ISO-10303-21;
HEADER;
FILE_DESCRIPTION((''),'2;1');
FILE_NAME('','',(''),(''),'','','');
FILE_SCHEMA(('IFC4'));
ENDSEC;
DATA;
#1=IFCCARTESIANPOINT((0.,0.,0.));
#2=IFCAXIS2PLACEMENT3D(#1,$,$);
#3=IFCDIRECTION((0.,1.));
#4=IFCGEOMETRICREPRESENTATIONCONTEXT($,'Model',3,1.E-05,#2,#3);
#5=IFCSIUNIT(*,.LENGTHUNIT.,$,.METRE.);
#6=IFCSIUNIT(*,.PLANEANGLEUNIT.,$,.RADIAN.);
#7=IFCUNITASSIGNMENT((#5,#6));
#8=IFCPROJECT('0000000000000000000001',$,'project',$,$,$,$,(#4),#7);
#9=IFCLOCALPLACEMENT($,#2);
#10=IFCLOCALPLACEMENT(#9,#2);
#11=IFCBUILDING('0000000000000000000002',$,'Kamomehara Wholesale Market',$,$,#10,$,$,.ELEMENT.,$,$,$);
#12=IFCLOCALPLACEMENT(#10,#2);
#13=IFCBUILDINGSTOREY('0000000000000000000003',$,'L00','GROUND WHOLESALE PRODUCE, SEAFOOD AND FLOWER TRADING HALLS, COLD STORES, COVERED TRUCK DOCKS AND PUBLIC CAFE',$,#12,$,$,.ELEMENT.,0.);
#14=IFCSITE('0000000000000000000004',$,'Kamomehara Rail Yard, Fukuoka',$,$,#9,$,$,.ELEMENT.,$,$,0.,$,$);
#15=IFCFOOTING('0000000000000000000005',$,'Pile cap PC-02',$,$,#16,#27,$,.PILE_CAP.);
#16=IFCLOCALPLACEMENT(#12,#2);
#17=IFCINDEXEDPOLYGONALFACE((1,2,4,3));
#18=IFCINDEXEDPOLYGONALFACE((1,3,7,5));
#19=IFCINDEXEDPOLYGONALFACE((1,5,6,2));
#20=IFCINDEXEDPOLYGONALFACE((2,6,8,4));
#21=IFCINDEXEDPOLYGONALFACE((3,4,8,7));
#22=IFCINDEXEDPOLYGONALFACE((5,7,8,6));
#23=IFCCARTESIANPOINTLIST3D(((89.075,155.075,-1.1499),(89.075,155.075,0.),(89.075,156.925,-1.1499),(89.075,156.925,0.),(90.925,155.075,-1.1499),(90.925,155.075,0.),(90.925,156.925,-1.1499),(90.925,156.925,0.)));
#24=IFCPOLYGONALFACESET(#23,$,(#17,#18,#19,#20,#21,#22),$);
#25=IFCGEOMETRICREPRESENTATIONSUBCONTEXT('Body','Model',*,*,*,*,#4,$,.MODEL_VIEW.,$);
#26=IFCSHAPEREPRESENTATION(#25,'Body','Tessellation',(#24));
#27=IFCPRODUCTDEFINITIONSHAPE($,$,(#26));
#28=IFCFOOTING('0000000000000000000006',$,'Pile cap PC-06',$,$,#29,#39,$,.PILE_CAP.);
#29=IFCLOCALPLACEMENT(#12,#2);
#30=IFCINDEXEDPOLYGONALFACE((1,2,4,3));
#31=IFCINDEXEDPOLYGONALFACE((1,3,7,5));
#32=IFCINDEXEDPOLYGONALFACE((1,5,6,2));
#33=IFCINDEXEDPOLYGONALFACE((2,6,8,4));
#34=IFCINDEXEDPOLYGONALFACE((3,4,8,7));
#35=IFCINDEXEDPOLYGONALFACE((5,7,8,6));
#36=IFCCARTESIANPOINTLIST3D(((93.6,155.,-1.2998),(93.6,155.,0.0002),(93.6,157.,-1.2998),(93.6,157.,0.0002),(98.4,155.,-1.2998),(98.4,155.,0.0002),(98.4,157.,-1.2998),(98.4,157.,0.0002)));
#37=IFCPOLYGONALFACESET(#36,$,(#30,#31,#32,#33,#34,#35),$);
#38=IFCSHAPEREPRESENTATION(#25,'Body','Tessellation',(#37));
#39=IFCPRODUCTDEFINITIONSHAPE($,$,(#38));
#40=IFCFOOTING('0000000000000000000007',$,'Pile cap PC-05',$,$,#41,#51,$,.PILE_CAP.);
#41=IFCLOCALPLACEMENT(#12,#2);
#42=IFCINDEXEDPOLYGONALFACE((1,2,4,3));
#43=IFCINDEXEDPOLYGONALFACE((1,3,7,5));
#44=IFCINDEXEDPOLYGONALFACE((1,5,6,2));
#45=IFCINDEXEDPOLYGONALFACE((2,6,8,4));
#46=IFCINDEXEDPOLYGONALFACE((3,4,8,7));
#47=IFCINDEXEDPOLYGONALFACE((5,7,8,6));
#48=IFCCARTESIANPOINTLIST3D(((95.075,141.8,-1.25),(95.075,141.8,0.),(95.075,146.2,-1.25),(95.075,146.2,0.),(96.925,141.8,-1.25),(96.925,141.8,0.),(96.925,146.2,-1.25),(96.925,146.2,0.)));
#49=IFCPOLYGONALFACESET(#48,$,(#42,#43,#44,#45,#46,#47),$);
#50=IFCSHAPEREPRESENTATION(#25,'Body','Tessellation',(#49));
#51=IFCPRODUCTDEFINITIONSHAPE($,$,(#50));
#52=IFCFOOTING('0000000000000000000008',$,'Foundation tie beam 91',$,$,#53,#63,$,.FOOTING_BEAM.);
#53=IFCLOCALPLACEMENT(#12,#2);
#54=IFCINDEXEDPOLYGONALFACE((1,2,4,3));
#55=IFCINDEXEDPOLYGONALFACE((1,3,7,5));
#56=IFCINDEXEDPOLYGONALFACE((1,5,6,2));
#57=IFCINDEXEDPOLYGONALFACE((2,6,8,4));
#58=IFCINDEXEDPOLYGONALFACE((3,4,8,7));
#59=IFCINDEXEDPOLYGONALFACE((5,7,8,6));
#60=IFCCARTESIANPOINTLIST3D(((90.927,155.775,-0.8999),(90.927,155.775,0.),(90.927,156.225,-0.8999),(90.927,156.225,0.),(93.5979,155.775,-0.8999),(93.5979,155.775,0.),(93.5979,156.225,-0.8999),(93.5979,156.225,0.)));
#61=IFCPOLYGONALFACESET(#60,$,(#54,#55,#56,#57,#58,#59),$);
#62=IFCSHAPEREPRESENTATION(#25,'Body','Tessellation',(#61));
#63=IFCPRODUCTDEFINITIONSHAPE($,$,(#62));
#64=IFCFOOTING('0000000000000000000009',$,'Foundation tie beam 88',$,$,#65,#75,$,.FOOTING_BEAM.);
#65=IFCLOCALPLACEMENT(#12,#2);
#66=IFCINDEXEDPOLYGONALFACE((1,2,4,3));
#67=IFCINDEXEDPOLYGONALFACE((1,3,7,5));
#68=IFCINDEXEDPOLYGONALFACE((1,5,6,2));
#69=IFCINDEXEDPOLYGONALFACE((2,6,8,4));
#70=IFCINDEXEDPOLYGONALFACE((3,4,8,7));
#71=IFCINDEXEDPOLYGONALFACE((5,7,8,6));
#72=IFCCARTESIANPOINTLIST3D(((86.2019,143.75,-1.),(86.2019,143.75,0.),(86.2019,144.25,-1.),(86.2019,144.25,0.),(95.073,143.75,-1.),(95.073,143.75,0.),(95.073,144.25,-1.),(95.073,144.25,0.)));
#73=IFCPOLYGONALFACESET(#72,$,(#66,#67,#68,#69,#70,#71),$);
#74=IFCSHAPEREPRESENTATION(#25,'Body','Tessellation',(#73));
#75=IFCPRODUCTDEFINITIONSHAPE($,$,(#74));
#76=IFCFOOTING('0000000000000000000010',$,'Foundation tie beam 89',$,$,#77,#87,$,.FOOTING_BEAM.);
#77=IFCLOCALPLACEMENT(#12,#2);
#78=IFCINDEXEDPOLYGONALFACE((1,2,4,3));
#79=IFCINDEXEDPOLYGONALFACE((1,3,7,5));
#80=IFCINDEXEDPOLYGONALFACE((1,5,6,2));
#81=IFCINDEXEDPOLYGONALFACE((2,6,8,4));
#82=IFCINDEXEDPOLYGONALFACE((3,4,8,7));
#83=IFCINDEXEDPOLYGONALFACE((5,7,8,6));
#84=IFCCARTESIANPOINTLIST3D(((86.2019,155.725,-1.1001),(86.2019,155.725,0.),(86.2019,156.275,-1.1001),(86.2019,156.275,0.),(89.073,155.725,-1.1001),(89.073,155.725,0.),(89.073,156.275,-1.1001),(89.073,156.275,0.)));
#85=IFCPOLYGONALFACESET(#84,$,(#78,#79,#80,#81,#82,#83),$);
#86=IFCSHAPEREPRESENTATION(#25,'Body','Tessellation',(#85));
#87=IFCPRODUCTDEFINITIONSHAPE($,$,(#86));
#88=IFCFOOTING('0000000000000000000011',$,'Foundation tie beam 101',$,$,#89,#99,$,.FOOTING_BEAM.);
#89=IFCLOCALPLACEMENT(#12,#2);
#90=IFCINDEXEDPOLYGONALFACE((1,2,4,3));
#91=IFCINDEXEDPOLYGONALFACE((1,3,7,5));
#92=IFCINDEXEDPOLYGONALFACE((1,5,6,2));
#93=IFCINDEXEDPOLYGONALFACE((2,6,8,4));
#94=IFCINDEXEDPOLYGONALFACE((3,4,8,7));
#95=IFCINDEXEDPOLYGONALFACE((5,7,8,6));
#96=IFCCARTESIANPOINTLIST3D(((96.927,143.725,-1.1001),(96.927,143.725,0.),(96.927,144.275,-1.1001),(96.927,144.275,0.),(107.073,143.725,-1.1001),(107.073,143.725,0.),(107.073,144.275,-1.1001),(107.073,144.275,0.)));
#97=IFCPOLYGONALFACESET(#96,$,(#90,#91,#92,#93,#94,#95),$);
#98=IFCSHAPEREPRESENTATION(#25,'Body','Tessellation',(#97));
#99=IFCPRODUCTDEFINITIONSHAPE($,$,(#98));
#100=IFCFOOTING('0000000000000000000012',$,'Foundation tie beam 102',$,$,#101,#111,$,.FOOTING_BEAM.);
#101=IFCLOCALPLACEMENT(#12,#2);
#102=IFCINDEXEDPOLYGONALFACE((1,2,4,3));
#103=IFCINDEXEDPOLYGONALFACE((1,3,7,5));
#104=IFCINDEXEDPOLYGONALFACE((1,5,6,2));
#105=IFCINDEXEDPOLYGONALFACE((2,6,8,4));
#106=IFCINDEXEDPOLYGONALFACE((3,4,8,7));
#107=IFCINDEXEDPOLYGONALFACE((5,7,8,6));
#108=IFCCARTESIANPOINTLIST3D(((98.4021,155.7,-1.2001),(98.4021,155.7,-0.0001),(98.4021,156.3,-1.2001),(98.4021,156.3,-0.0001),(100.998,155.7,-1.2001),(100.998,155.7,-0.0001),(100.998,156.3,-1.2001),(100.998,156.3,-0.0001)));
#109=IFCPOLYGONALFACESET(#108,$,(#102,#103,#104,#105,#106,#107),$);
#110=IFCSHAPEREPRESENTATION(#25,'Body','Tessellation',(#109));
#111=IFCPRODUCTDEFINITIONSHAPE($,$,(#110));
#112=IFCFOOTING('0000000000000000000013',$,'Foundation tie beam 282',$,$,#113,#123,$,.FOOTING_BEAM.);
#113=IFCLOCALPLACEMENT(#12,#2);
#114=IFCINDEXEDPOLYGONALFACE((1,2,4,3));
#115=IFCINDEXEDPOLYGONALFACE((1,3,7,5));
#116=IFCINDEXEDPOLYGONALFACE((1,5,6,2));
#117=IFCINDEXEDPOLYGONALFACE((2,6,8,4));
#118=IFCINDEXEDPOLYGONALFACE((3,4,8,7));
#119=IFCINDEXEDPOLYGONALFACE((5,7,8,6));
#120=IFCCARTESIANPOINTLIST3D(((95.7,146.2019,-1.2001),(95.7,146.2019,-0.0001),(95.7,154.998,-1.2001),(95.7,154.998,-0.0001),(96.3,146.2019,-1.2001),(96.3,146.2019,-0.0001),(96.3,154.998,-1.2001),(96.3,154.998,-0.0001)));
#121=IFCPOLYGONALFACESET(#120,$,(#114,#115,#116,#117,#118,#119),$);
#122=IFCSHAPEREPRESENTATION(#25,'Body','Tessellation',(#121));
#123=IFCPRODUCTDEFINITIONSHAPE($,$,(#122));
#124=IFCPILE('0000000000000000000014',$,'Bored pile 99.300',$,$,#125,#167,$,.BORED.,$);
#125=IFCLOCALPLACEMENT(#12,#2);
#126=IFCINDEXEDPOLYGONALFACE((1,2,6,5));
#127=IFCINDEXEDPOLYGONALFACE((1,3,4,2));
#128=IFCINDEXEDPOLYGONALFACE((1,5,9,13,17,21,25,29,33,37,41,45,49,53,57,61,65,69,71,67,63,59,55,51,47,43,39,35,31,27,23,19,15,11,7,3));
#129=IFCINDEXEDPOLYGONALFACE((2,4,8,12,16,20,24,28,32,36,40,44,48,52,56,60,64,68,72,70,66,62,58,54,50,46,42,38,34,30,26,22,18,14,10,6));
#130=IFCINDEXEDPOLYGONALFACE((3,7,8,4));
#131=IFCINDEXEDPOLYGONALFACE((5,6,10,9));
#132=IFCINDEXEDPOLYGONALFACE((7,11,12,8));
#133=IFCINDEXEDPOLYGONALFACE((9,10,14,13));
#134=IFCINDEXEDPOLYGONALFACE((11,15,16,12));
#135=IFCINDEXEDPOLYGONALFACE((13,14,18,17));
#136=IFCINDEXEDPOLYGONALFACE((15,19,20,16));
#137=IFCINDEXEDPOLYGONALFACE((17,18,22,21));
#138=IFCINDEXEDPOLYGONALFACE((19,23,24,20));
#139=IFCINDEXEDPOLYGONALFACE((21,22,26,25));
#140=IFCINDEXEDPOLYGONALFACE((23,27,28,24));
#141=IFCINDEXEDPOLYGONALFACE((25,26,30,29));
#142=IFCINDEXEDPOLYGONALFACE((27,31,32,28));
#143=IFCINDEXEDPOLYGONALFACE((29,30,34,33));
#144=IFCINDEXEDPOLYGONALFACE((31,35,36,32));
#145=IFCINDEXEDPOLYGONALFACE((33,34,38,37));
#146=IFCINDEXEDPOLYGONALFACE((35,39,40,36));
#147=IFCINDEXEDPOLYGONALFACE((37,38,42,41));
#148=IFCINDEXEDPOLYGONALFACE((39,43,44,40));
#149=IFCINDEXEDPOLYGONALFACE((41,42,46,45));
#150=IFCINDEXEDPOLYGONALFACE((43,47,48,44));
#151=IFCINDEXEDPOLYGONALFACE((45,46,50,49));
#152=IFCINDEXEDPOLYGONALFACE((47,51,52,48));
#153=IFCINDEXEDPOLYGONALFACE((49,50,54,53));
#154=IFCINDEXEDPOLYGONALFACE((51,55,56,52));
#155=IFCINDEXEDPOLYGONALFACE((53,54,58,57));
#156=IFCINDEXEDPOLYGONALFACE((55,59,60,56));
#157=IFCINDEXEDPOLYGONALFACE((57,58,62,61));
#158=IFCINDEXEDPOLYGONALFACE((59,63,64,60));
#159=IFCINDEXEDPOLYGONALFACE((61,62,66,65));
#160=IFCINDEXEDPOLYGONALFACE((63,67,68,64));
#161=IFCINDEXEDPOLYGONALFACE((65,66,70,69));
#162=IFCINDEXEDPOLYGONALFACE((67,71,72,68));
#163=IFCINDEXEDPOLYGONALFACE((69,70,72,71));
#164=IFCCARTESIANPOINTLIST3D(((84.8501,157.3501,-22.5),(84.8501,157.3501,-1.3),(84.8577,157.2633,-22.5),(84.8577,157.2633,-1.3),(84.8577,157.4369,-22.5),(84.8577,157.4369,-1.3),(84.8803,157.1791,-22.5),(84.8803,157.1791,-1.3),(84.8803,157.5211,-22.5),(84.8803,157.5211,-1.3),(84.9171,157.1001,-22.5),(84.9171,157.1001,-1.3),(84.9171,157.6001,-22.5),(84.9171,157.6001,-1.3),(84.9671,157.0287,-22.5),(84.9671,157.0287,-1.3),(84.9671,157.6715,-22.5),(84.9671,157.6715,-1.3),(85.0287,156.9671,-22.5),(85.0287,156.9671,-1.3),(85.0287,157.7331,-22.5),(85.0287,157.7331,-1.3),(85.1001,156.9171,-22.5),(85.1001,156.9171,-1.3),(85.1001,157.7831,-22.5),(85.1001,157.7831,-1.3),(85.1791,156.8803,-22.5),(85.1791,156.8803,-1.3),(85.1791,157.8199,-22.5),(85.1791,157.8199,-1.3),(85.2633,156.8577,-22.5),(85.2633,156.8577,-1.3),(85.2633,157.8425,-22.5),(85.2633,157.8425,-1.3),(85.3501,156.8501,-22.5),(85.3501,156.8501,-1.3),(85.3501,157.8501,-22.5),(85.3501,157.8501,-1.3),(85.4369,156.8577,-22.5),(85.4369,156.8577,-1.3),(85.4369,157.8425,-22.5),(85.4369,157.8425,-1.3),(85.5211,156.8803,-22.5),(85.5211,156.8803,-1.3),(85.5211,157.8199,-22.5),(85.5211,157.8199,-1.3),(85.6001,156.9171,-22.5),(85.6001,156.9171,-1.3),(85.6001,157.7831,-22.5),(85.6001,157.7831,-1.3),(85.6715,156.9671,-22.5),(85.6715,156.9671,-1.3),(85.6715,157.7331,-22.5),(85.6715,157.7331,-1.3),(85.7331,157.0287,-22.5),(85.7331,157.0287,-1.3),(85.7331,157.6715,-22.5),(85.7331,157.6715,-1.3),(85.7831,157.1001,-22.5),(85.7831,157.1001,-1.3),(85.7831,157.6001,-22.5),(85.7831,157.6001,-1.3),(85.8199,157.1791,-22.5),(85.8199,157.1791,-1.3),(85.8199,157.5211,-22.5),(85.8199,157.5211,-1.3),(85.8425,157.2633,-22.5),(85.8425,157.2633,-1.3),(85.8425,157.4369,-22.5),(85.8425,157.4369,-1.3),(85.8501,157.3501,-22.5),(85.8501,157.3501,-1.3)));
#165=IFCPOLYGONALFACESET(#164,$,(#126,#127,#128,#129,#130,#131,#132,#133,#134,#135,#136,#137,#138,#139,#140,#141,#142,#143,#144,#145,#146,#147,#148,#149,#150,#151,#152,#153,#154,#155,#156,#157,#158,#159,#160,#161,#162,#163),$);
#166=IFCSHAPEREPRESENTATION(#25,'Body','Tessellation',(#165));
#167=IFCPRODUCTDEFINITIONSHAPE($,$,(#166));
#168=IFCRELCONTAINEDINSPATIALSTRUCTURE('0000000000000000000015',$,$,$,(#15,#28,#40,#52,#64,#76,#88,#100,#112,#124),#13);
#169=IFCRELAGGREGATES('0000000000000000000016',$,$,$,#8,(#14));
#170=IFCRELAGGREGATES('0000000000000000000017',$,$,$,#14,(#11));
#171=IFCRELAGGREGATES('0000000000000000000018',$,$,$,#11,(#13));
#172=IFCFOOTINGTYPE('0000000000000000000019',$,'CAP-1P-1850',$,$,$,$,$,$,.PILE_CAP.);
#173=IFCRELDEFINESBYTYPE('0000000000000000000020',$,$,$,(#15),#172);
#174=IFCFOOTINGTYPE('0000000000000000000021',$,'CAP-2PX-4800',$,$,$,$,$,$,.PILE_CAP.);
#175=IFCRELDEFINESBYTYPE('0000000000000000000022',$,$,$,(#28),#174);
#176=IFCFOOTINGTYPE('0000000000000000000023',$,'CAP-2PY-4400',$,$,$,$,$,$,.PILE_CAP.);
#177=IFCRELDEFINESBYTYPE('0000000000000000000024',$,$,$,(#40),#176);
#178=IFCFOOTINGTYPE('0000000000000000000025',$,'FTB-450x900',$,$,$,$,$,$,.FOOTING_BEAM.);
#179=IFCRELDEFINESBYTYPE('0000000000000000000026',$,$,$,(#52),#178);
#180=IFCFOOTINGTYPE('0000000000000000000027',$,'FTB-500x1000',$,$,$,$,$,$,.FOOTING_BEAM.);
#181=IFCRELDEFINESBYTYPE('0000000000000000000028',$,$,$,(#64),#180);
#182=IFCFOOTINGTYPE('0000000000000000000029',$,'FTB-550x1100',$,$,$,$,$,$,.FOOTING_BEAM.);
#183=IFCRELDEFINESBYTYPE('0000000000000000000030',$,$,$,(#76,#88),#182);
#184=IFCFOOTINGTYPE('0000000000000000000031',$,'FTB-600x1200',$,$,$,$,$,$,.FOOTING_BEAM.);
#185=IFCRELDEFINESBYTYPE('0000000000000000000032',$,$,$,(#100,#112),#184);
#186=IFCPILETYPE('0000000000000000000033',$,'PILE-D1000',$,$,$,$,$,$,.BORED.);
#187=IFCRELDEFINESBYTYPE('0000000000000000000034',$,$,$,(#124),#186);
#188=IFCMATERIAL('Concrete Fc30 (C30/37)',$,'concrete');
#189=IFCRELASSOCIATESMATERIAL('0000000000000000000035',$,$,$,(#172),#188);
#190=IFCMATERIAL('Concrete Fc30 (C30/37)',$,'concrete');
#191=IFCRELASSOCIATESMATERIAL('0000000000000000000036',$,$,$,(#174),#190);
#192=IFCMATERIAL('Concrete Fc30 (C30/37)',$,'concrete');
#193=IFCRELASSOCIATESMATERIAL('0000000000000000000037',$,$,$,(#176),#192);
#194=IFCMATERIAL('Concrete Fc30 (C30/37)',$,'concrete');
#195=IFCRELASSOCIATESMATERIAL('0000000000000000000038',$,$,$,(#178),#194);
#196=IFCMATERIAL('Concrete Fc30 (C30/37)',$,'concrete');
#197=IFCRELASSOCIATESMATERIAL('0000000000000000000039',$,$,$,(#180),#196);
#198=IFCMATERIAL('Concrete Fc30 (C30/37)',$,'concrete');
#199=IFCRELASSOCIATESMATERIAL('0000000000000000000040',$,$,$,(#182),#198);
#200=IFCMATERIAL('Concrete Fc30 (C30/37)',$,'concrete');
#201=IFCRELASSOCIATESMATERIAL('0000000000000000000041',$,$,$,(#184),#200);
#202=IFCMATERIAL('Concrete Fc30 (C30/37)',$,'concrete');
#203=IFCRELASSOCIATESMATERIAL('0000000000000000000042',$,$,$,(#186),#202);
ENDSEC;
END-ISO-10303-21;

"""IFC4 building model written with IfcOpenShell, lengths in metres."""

from ifc_helpers import new_model, si_unit, direction, frame, origin, origin_2d, place, context, subcontext, project, spatial, rectangle, circle, extrude, material, material_profile, profile_set, type_object, element, save


model = new_model("IFC4")

# Units and contexts
model_context = context("Model", 3, precision=1e-05, world=origin(), true_north=direction((0.0, 1.0)))
body_context = subcontext(model_context, "Body", "Model", "MODEL_VIEW")
ifc_project = project(units=[si_unit("LENGTHUNIT", "METRE"), si_unit("PLANEANGLEUNIT", "RADIAN")], contexts=[model_context])

# Site, building, storey
site_placement = place(None, origin())
site = spatial("IfcSite", under=ifc_project, at=site_placement, Name="Kamomehara Rail Yard, Fukuoka", CompositionType="ELEMENT", RefElevation=0.0)
building_placement = place(site_placement, origin())
building = spatial("IfcBuilding", under=site, at=building_placement, Name="Kamomehara Wholesale Market", CompositionType="ELEMENT")
storey_placement = place(building_placement, origin())
storey = spatial("IfcBuildingStorey", under=building, at=storey_placement, Name="L00", Description="GROUND WHOLESALE PRODUCE, SEAFOOD AND FLOWER TRADING HALLS, COLD STORES, COVERED TRUCK DOCKS AND PUBLIC CAFE", CompositionType="ELEMENT", Elevation=0.0)

# Footings
ifc_material_1 = material(Name="Concrete Fc30 (C30/37)", Category="concrete")
footing_type_1 = type_object("IfcFootingType", Name="CAP-1P-1850", PredefinedType="PILE_CAP", material=ifc_material_1)
footing_1_placement = place(storey_placement, frame((90.0, 156.0, -1.1499), z_axis=(0.0, 0.0, 1.0), x_axis=(1.0, 0.0, 0.0)))
element("IfcFooting", 1, at=footing_1_placement, inside=storey, type_object=footing_type_1, Name="Pile cap PC-02", PredefinedType="PILE_CAP", context=body_context, shape_type="SweptSolid", body=[
    extrude(rectangle(XDim=1.8501, YDim=1.8501, at=origin_2d()), origin(), (0.0, 0.0, 1.0), 1.1499),
])
ifc_material_2 = material(Name="Concrete Fc30 (C30/37)", Category="concrete")
footing_type_2 = type_object("IfcFootingType", Name="CAP-2PX-4800", PredefinedType="PILE_CAP", material=ifc_material_2)
footing_2_placement = place(storey_placement, frame((96.0, 156.0, -1.2998), z_axis=(0.0, 0.0, 1.0), x_axis=(1.0, 0.0, 0.0)))
element("IfcFooting", 2, at=footing_2_placement, inside=storey, type_object=footing_type_2, Name="Pile cap PC-06", PredefinedType="PILE_CAP", context=body_context, shape_type="SweptSolid", body=[
    extrude(rectangle(XDim=4.8, YDim=2.0, at=origin_2d()), origin(), (0.0, 0.0, 1.0), 1.3),
])
ifc_material_3 = material(Name="Concrete Fc30 (C30/37)", Category="concrete")
footing_type_3 = type_object("IfcFootingType", Name="CAP-2PY-4400", PredefinedType="PILE_CAP", material=ifc_material_3)
footing_3_placement = place(storey_placement, frame((96.0, 144.0, -1.25), z_axis=(0.0, 0.0, 1.0), x_axis=(1.0, 0.0, 0.0)))
element("IfcFooting", 3, at=footing_3_placement, inside=storey, type_object=footing_type_3, Name="Pile cap PC-05", PredefinedType="PILE_CAP", context=body_context, shape_type="SweptSolid", body=[
    extrude(rectangle(XDim=1.8501, YDim=4.3999, at=origin_2d()), origin(), (0.0, 0.0, 1.0), 1.25),
])
ifc_material_4 = material(Name="Concrete Fc30 (C30/37)", Category="concrete")
ifc_material_profile_1 = material_profile(ifc_material_4, rectangle(XDim=0.45, YDim=0.8999, at=origin_2d()), Name="RC-FTB-450x900")
ifc_profile_set_1 = profile_set([ifc_material_profile_1], Name="Concrete Fc30 (C30/37)")
footing_type_4 = type_object("IfcFootingType", Name="FTB-450x900", PredefinedType="FOOTING_BEAM", material=ifc_profile_set_1)
footing_4_placement = place(storey_placement, frame((90.927, 156.0, -0.45), z_axis=(1.0, 0.0, 0.0), x_axis=(0.0, 1.0, 0.0)))
element("IfcFooting", 4, at=footing_4_placement, inside=storey, type_object=footing_type_4, Name="Foundation tie beam 91", PredefinedType="FOOTING_BEAM", context=body_context, shape_type="SweptSolid", body=[
    extrude(rectangle(XDim=0.45, YDim=0.8999, at=origin_2d()), origin(), (0.0, 0.0, 1.0), 2.6709),
])
ifc_material_5 = material(Name="Concrete Fc30 (C30/37)", Category="concrete")
ifc_material_profile_2 = material_profile(ifc_material_5, rectangle(XDim=0.5, YDim=1.0, at=origin_2d()), Name="RC-FTB-500x1000")
ifc_profile_set_2 = profile_set([ifc_material_profile_2], Name="Concrete Fc30 (C30/37)")
footing_type_5 = type_object("IfcFootingType", Name="FTB-500x1000", PredefinedType="FOOTING_BEAM", material=ifc_profile_set_2)
footing_5_placement = place(storey_placement, frame((86.2019, 144.0, -0.5), z_axis=(1.0, 0.0, 0.0), x_axis=(0.0, 1.0, 0.0)))
element("IfcFooting", 5, at=footing_5_placement, inside=storey, type_object=footing_type_5, Name="Foundation tie beam 88", PredefinedType="FOOTING_BEAM", context=body_context, shape_type="SweptSolid", body=[
    extrude(rectangle(XDim=0.5, YDim=1.0, at=origin_2d()), origin(), (0.0, 0.0, 1.0), 8.8711),
])
ifc_material_6 = material(Name="Concrete Fc30 (C30/37)", Category="concrete")
ifc_material_profile_3 = material_profile(ifc_material_6, rectangle(XDim=0.55, YDim=1.1001, at=origin_2d()), Name="RC-FTB-550x1100")
ifc_profile_set_3 = profile_set([ifc_material_profile_3], Name="Concrete Fc30 (C30/37)")
footing_type_6 = type_object("IfcFootingType", Name="FTB-550x1100", PredefinedType="FOOTING_BEAM", material=ifc_profile_set_3)
footing_6_placement = place(storey_placement, frame((86.2019, 156.0, -0.55), z_axis=(1.0, 0.0, 0.0), x_axis=(0.0, 1.0, 0.0)))
element("IfcFooting", 6, at=footing_6_placement, inside=storey, type_object=footing_type_6, Name="Foundation tie beam 89", PredefinedType="FOOTING_BEAM", context=body_context, shape_type="SweptSolid", body=[
    extrude(rectangle(XDim=0.55, YDim=1.1001, at=origin_2d()), origin(), (0.0, 0.0, 1.0), 2.8711),
])
footing_7_placement = place(storey_placement, frame((96.927, 144.0, -0.55), z_axis=(1.0, 0.0, 0.0), x_axis=(0.0, 1.0, 0.0)))
element("IfcFooting", 7, at=footing_7_placement, inside=storey, type_object=footing_type_6, Name="Foundation tie beam 101", PredefinedType="FOOTING_BEAM", context=body_context, shape_type="SweptSolid", body=[
    extrude(rectangle(XDim=0.55, YDim=1.1001, at=origin_2d()), origin(), (0.0, 0.0, 1.0), 10.146),
])
ifc_material_7 = material(Name="Concrete Fc30 (C30/37)", Category="concrete")
ifc_material_profile_4 = material_profile(ifc_material_7, rectangle(XDim=0.6001, YDim=1.2, at=origin_2d()), Name="RC-FTB-600x1200")
ifc_profile_set_4 = profile_set([ifc_material_profile_4], Name="Concrete Fc30 (C30/37)")
footing_type_7 = type_object("IfcFootingType", Name="FTB-600x1200", PredefinedType="FOOTING_BEAM", material=ifc_profile_set_4)
footing_8_placement = place(storey_placement, frame((98.4021, 156.0, -0.6001), z_axis=(1.0, 0.0, 0.0), x_axis=(0.0, 1.0, 0.0)))
element("IfcFooting", 8, at=footing_8_placement, inside=storey, type_object=footing_type_7, Name="Foundation tie beam 102", PredefinedType="FOOTING_BEAM", context=body_context, shape_type="SweptSolid", body=[
    extrude(rectangle(XDim=0.6001, YDim=1.2, at=origin_2d()), origin(), (0.0, 0.0, 1.0), 2.5959),
])
footing_9_placement = place(storey_placement, frame((96.0, 146.2019, -0.6001), z_axis=(0.0, 1.0, 0.0), x_axis=(-1.0, 0.0, 0.0)))
element("IfcFooting", 9, at=footing_9_placement, inside=storey, type_object=footing_type_7, Name="Foundation tie beam 282", PredefinedType="FOOTING_BEAM", context=body_context, shape_type="SweptSolid", body=[
    extrude(rectangle(XDim=0.6001, YDim=1.2, at=origin_2d()), origin(), (0.0, 0.0, 1.0), 8.7961),
])

# Pile
ifc_material_8 = material(Name="Concrete Fc30 (C30/37)", Category="concrete")
ifc_material_profile_5 = material_profile(ifc_material_8, circle(Radius=0.5, at=origin_2d()), Name="RC-PILE-D1000")
ifc_profile_set_5 = profile_set([ifc_material_profile_5], Name="Concrete Fc30 (C30/37)")
pile_type_1 = type_object("IfcPileType", Name="PILE-D1000", PredefinedType="BORED", material=ifc_profile_set_5)
pile_1_placement = place(storey_placement, frame((85.3501, 157.3501, -1.3), z_axis=(0.0, 0.0, -1.0), x_axis=(1.0, 0.0, 0.0)))
element("IfcPile", 10, at=pile_1_placement, inside=storey, type_object=pile_type_1, Name="Bored pile 99.300", PredefinedType="BORED", context=body_context, shape_type="SweptSolid", body=[
    extrude(circle(Radius=0.5, at=origin_2d()), origin(), (0.0, 0.0, 1.0), 21.2),
])

save(model, "model.ifc")
